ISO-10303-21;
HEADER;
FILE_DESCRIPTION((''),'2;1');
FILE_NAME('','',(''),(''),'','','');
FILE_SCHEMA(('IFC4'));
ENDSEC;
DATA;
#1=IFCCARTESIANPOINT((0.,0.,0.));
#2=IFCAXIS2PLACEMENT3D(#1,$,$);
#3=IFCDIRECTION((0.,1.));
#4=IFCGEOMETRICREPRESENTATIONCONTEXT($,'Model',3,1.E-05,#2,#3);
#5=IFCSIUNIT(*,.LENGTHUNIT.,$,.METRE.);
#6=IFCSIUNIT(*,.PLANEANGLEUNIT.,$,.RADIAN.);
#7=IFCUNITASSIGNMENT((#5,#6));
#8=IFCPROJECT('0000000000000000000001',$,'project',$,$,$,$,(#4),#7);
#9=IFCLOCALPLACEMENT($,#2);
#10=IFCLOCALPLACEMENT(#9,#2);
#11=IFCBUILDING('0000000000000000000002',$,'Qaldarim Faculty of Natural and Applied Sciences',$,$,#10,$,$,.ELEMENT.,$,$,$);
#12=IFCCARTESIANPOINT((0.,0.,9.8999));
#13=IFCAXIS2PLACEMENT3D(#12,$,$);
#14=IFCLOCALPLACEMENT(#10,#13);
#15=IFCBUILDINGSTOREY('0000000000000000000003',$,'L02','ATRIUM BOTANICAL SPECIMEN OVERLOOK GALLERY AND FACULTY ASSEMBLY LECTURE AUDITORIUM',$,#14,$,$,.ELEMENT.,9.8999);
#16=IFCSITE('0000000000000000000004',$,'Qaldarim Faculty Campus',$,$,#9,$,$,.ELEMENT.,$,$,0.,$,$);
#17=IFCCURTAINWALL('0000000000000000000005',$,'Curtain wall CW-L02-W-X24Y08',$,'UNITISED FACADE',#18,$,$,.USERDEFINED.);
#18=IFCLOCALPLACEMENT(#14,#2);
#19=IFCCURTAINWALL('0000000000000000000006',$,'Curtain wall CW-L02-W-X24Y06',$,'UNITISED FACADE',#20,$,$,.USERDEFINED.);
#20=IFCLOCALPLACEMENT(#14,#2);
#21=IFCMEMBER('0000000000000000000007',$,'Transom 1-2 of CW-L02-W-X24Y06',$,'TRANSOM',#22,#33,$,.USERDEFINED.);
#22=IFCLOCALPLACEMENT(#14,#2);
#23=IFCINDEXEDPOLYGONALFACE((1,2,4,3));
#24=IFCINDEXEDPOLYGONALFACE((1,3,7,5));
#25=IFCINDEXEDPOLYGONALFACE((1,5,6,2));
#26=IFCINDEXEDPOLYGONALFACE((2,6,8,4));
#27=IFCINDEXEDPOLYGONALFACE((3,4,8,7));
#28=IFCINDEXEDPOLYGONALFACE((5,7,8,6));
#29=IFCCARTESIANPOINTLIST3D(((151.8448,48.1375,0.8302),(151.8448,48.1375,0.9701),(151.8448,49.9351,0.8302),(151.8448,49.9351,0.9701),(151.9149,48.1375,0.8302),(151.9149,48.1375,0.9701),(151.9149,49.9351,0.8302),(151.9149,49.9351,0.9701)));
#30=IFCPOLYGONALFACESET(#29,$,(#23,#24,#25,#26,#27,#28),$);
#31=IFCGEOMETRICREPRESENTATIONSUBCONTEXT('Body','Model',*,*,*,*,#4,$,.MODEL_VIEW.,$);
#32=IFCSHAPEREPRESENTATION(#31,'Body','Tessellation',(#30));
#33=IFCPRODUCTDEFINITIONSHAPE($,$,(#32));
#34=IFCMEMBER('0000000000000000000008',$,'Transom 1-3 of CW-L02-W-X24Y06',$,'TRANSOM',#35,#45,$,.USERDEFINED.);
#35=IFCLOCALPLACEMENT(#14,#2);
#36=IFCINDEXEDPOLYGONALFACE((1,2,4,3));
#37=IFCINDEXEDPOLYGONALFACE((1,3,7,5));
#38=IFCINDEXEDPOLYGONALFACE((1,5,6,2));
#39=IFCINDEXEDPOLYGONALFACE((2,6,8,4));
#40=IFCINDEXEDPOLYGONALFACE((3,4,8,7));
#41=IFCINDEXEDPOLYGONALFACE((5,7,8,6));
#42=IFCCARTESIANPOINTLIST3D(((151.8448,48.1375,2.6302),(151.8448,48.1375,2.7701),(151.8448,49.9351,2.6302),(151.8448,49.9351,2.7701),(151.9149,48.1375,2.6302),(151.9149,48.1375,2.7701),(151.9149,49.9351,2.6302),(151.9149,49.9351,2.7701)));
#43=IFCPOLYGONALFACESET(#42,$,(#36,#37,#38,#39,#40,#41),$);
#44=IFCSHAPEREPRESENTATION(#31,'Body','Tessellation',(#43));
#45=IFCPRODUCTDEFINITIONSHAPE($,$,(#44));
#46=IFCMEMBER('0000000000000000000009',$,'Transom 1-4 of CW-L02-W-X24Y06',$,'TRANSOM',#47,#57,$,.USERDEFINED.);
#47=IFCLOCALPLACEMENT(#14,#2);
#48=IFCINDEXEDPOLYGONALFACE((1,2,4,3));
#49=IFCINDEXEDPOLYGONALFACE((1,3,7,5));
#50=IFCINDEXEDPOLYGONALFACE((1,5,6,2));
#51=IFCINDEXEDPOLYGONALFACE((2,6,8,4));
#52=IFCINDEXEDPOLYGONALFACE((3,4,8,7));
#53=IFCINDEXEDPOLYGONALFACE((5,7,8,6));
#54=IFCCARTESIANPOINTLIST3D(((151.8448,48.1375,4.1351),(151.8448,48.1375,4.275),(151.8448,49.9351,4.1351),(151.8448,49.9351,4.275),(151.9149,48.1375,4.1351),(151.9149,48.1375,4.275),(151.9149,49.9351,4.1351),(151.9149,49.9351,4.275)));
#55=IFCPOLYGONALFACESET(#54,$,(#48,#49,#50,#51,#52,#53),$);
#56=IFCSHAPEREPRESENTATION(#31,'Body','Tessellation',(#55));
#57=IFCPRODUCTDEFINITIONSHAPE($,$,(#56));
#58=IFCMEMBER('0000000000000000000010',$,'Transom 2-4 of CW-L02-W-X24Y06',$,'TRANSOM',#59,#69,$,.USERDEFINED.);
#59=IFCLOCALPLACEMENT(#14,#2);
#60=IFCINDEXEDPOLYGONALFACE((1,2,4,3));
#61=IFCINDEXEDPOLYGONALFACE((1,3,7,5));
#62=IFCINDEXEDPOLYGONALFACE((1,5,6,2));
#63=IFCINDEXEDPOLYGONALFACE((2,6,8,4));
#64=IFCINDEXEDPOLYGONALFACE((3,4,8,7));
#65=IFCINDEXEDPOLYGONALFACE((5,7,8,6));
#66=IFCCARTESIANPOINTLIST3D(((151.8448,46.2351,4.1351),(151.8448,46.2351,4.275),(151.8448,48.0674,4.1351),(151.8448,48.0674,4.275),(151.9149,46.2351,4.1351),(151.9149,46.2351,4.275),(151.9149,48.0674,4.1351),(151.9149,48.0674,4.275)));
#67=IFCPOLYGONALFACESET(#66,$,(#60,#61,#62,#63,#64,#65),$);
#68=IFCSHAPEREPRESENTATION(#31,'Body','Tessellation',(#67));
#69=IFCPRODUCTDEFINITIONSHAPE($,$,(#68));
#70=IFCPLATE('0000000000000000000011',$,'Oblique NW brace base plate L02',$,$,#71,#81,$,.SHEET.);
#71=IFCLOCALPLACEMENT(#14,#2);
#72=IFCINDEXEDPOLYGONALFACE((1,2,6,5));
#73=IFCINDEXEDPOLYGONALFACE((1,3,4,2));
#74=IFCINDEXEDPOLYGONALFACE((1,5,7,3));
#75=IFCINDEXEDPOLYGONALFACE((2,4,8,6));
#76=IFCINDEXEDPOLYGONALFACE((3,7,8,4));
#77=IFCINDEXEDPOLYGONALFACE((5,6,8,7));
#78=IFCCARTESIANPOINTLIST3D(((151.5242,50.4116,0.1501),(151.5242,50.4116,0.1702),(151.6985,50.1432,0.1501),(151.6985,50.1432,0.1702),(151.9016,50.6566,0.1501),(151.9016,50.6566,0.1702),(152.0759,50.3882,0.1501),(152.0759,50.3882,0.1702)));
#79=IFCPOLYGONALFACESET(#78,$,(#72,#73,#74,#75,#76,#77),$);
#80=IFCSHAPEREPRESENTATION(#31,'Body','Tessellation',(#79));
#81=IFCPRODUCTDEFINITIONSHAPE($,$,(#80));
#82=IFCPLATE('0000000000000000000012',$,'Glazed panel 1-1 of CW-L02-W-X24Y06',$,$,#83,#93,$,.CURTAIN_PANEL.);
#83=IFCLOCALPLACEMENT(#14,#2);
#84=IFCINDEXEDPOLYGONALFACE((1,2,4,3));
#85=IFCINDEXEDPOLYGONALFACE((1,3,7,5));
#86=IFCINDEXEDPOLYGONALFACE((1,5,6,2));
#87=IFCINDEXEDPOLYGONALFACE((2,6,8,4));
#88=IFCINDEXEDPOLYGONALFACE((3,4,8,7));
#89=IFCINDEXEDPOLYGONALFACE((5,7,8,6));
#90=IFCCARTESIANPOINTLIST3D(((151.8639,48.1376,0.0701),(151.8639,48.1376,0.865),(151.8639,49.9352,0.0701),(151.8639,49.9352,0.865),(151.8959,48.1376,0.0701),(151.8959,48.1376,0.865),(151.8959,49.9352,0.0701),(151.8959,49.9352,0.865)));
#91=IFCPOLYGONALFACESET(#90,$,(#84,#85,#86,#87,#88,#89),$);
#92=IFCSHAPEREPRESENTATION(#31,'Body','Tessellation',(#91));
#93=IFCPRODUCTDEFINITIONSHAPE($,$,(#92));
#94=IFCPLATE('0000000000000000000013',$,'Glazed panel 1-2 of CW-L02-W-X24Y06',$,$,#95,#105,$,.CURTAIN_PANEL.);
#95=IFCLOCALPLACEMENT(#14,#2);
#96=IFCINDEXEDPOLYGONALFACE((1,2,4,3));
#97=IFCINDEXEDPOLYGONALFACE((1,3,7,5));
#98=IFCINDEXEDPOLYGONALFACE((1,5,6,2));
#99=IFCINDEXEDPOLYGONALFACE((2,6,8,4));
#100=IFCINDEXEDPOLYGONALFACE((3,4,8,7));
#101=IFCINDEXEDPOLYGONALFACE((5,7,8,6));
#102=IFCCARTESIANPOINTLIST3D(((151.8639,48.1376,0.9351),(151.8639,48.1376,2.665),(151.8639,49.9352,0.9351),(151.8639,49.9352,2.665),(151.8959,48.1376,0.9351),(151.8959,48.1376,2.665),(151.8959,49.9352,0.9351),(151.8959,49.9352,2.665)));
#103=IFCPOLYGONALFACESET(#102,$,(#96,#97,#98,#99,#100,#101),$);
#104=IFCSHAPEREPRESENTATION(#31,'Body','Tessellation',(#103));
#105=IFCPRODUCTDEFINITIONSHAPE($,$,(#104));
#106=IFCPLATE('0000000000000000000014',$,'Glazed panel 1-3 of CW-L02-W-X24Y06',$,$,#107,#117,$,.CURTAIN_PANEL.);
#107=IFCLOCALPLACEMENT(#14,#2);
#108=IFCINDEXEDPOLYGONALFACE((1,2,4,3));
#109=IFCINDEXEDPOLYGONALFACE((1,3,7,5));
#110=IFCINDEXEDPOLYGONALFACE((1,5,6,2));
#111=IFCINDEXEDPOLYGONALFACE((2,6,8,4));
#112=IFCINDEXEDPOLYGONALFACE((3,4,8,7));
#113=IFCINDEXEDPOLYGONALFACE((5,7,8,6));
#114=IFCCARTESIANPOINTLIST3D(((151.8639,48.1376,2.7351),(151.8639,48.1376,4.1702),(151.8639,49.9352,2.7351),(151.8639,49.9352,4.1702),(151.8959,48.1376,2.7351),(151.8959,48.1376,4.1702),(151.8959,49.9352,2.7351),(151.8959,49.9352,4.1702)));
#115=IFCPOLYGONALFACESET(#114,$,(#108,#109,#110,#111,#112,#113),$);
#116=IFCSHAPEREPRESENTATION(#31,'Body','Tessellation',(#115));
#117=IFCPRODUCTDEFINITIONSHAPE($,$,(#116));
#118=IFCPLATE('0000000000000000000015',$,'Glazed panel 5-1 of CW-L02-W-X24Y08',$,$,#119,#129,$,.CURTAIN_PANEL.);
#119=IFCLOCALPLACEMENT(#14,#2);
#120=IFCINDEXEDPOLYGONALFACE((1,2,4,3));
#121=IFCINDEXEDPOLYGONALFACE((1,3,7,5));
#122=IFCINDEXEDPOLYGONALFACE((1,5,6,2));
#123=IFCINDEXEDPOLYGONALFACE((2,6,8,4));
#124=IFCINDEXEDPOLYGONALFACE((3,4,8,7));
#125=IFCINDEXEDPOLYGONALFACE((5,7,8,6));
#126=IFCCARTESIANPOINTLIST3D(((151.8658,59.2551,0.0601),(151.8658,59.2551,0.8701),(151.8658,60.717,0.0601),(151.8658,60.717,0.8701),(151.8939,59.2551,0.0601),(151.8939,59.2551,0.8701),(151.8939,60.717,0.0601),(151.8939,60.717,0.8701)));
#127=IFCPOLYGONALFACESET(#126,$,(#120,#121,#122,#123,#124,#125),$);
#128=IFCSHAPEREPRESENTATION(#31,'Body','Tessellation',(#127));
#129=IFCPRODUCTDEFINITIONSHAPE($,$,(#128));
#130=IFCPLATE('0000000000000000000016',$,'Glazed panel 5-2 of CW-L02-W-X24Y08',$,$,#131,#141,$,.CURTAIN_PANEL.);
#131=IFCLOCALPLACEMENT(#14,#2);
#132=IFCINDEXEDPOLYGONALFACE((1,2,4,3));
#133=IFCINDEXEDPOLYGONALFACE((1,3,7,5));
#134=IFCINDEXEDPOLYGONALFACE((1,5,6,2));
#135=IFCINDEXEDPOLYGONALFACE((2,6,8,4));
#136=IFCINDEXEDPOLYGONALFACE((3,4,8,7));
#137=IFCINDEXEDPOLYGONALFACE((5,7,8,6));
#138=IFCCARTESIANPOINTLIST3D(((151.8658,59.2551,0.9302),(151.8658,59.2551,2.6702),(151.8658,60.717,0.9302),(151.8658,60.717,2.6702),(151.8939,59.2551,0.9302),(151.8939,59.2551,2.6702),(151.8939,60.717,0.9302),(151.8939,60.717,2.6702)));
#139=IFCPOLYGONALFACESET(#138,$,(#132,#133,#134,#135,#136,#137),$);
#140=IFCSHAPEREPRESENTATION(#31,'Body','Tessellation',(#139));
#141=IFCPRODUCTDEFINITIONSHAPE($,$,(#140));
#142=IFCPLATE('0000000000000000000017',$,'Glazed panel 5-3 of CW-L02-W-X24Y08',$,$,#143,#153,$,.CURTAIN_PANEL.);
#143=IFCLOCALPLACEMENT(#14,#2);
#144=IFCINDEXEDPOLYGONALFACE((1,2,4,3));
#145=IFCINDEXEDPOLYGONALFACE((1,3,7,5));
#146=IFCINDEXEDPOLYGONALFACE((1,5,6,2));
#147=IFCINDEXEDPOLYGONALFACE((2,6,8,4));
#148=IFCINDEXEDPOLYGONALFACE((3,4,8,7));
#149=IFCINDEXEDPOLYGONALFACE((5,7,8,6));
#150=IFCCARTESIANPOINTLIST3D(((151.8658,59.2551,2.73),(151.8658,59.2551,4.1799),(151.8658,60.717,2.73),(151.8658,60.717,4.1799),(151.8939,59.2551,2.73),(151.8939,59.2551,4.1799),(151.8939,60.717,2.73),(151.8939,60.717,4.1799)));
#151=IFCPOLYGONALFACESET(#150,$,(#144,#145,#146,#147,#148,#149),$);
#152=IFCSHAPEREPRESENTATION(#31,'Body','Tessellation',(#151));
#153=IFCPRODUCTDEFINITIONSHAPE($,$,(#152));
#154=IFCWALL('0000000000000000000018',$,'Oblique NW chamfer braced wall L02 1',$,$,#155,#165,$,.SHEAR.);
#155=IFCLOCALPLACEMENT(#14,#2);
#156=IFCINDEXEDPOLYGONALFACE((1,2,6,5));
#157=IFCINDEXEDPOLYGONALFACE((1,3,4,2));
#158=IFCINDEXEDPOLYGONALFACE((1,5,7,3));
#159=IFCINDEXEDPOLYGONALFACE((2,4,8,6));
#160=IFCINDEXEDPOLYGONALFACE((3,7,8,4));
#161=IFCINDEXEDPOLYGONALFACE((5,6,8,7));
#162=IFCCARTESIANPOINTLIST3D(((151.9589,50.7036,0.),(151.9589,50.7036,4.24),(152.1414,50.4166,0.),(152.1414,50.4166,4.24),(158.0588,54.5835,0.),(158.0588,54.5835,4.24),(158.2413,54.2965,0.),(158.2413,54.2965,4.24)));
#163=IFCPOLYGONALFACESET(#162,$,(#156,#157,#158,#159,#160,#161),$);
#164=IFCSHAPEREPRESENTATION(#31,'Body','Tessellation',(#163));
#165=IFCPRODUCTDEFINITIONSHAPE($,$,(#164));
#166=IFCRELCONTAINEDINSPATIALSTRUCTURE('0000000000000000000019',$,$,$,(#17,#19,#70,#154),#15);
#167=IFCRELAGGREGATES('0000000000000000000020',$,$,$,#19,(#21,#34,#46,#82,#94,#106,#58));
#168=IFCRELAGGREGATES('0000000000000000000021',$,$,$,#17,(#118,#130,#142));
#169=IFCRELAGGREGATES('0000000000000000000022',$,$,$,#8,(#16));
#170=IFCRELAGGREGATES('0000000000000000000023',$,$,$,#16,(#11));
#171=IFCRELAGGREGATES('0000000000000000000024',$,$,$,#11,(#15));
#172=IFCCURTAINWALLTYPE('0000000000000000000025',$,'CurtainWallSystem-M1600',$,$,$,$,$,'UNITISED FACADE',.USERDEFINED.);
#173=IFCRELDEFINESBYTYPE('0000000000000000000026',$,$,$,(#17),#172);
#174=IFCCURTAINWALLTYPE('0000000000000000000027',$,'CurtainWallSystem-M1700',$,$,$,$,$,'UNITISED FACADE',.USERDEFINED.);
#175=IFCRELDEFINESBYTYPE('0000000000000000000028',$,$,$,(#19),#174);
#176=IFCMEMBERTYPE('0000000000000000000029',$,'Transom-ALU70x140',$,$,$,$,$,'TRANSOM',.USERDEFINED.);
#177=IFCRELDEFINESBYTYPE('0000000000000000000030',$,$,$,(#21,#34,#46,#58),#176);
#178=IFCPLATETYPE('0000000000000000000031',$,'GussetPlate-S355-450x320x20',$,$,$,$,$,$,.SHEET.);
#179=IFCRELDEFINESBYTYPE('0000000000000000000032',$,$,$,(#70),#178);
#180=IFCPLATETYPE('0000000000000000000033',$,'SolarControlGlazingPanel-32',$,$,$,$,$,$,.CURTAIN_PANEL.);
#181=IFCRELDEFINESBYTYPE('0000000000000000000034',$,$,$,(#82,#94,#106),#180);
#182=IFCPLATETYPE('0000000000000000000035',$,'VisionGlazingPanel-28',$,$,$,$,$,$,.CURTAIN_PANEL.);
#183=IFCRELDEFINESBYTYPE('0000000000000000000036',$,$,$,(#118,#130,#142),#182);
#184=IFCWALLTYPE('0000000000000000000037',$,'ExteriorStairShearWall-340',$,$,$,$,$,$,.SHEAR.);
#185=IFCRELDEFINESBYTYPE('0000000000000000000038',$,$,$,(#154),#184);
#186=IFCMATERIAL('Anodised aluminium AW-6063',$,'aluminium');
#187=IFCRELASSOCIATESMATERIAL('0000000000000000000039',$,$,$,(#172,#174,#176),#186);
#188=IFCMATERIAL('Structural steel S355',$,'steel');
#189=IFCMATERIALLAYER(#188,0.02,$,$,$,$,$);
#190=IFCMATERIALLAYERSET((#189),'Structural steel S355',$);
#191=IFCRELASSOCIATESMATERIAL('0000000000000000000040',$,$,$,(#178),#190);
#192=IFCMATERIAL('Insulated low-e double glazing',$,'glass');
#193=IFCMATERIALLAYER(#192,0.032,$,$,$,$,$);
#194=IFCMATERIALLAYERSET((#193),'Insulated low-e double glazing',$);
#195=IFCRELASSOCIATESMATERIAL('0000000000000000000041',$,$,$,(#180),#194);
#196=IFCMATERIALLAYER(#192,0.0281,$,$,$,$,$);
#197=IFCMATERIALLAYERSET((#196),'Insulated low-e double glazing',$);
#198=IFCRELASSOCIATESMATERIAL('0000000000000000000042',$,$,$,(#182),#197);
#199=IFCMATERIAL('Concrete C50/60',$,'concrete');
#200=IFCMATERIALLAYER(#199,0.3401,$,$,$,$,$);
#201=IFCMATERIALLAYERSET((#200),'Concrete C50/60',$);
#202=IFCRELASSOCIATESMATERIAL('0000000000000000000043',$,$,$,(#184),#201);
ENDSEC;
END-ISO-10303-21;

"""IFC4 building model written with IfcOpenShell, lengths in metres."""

from ifc_helpers import new_model, si_unit, direction, frame, frame_2d, origin, origin_2d, place, context, subcontext, project, spatial, rectangle, extrude, material, layer, layer_set, material_profile, profile_set, type_object, element, aggregate, save


model = new_model("IFC4")

# Units and contexts
model_context = context("Model", 3, precision=1e-05, world=origin(), true_north=direction((0.0, 1.0)))
body_context = subcontext(model_context, "Body", "Model", "MODEL_VIEW")
ifc_project = project(units=[si_unit("LENGTHUNIT", "METRE"), si_unit("PLANEANGLEUNIT", "RADIAN")], contexts=[model_context])

# Site, building, storey
site_placement = place(None, origin())
site = spatial("IfcSite", under=ifc_project, at=site_placement, Name="Qaldarim Faculty Campus", CompositionType="ELEMENT", RefElevation=0.0)
building_placement = place(site_placement, origin())
building = spatial("IfcBuilding", under=site, at=building_placement, Name="Qaldarim Faculty of Natural and Applied Sciences", CompositionType="ELEMENT")
storey_placement = place(building_placement, frame((0.0, 0.0, 9.8999)))
storey = spatial("IfcBuildingStorey", under=building, at=storey_placement, Name="L02", Description="ATRIUM BOTANICAL SPECIMEN OVERLOOK GALLERY AND FACULTY ASSEMBLY LECTURE AUDITORIUM", CompositionType="ELEMENT", Elevation=9.8999)

# Shared definitions
ifc_material_1 = material(Name="Concrete C50/60", Category="concrete")

# Shared definitions
ifc_material_2 = material(Name="Structural steel S355", Category="steel")

# Curtain wall
ifc_material_3 = material(Name="Anodised aluminium AW-6063", Category="aluminium")
curtain_wall_type_1 = type_object("IfcCurtainWallType", Name="CurtainWallSystem-M1600", ElementType="UNITISED FACADE", PredefinedType="USERDEFINED", material=ifc_material_3)
curtain_wall_1_placement = place(storey_placement, origin())
curtain_wall_1 = element("IfcCurtainWall", 1, at=curtain_wall_1_placement, inside=storey, type_object=curtain_wall_type_1, Name="Curtain wall CW-L02-W-X24Y08", ObjectType="UNITISED FACADE", PredefinedType="USERDEFINED")

# Curtain wall
curtain_wall_type_2 = type_object("IfcCurtainWallType", Name="CurtainWallSystem-M1700", ElementType="UNITISED FACADE", PredefinedType="USERDEFINED", material=ifc_material_3)
curtain_wall_2_placement = place(storey_placement, origin())
curtain_wall_2 = element("IfcCurtainWall", 2, at=curtain_wall_2_placement, inside=storey, type_object=curtain_wall_type_2, Name="Curtain wall CW-L02-W-X24Y06", ObjectType="UNITISED FACADE", PredefinedType="USERDEFINED")

# Members
ifc_material_profile_1 = material_profile(ifc_material_3, rectangle(XDim=0.0701, YDim=0.1399, at=origin_2d()), Name="ALU-T70x140")
ifc_profile_set_1 = profile_set([ifc_material_profile_1], Name="Anodised aluminium AW-6063")
member_type_1 = type_object("IfcMemberType", Name="Transom-ALU70x140", ElementType="TRANSOM", PredefinedType="USERDEFINED", material=ifc_profile_set_1)
member_1_placement = place(storey_placement, frame((151.8799, 49.9351, 0.9001), z_axis=(0.0, -1.0, 0.0), x_axis=(1.0, 0.0, 0.0)))
member_1 = element("IfcMember", 3, at=member_1_placement, type_object=member_type_1, Name="Transom 1-2 of CW-L02-W-X24Y06", ObjectType="TRANSOM", PredefinedType="USERDEFINED", context=body_context, shape_type="SweptSolid", body=[
    extrude(rectangle(XDim=0.0701, YDim=0.1399, at=origin_2d()), origin(), (0.0, 0.0, 1.0), 1.7976),
])
member_2_placement = place(storey_placement, frame((151.8799, 49.9351, 2.7002), z_axis=(0.0, -1.0, 0.0), x_axis=(1.0, 0.0, 0.0)))
member_2 = element("IfcMember", 4, at=member_2_placement, type_object=member_type_1, Name="Transom 1-3 of CW-L02-W-X24Y06", ObjectType="TRANSOM", PredefinedType="USERDEFINED", context=body_context, shape_type="SweptSolid", body=[
    extrude(rectangle(XDim=0.0701, YDim=0.1399, at=origin_2d()), origin(), (0.0, 0.0, 1.0), 1.7976),
])
member_3_placement = place(storey_placement, frame((151.8799, 49.9351, 4.2051), z_axis=(0.0, -1.0, 0.0), x_axis=(1.0, 0.0, 0.0)))
member_3 = element("IfcMember", 5, at=member_3_placement, type_object=member_type_1, Name="Transom 1-4 of CW-L02-W-X24Y06", ObjectType="TRANSOM", PredefinedType="USERDEFINED", context=body_context, shape_type="SweptSolid", body=[
    extrude(rectangle(XDim=0.0701, YDim=0.1399, at=origin_2d()), origin(), (0.0, 0.0, 1.0), 1.7976),
])
member_4_placement = place(storey_placement, frame((151.8799, 48.0674, 4.2051), z_axis=(0.0, -1.0, 0.0), x_axis=(1.0, 0.0, 0.0)))
member_4 = element("IfcMember", 6, at=member_4_placement, type_object=member_type_1, Name="Transom 2-4 of CW-L02-W-X24Y06", ObjectType="TRANSOM", PredefinedType="USERDEFINED", context=body_context, shape_type="SweptSolid", body=[
    extrude(rectangle(XDim=0.0701, YDim=0.1399, at=origin_2d()), origin(), (0.0, 0.0, 1.0), 1.8323),
])

# Plates
ifc_layer_1 = layer(ifc_material_2, 0.02)
ifc_layer_set_1 = layer_set([ifc_layer_1], Name="Structural steel S355")
plate_type_1 = type_object("IfcPlateType", Name="GussetPlate-S355-450x320x20", PredefinedType="SHEET", material=ifc_layer_set_1)
plate_1_placement = place(storey_placement, frame((151.8, 50.3999, 0.1501), z_axis=(0.0, 0.0, 1.0), x_axis=(0.838671, 0.544639, 0.0)))
element("IfcPlate", 7, at=plate_1_placement, inside=storey, type_object=plate_type_1, Name="Oblique NW brace base plate L02", PredefinedType="SHEET", context=body_context, shape_type="SweptSolid", body=[
    extrude(rectangle(XDim=0.45, YDim=0.3201, at=origin_2d()), origin(), (0.0, 0.0, 1.0), 0.02),
])
ifc_material_4 = material(Name="Insulated low-e double glazing", Category="glass")
ifc_layer_2 = layer(ifc_material_4, 0.032)
ifc_layer_set_2 = layer_set([ifc_layer_2], Name="Insulated low-e double glazing")
plate_type_2 = type_object("IfcPlateType", Name="SolarControlGlazingPanel-32", PredefinedType="CURTAIN_PANEL", material=ifc_layer_set_2)
plate_2_placement = place(storey_placement, frame((151.8799, 49.0364, 0.0701), z_axis=(0.0, 0.0, 1.0), x_axis=(0.0, -1.0, 0.0)))
plate_2 = element("IfcPlate", 8, at=plate_2_placement, type_object=plate_type_2, Name="Glazed panel 1-1 of CW-L02-W-X24Y06", PredefinedType="CURTAIN_PANEL", context=body_context, shape_type="SweptSolid", body=[
    extrude(rectangle(XDim=1.7976, YDim=0.032, at=origin_2d()), origin(), (0.0, 0.0, 1.0), 0.7949),
])
plate_3_placement = place(storey_placement, frame((151.8799, 49.0364, 0.9351), z_axis=(0.0, 0.0, 1.0), x_axis=(0.0, -1.0, 0.0)))
plate_3 = element("IfcPlate", 9, at=plate_3_placement, type_object=plate_type_2, Name="Glazed panel 1-2 of CW-L02-W-X24Y06", PredefinedType="CURTAIN_PANEL", context=body_context, shape_type="SweptSolid", body=[
    extrude(rectangle(XDim=1.7976, YDim=0.032, at=origin_2d()), origin(), (0.0, 0.0, 1.0), 1.73),
])
plate_4_placement = place(storey_placement, frame((151.8799, 49.0364, 2.7351), z_axis=(0.0, 0.0, 1.0), x_axis=(0.0, -1.0, 0.0)))
plate_4 = element("IfcPlate", 10, at=plate_4_placement, type_object=plate_type_2, Name="Glazed panel 1-3 of CW-L02-W-X24Y06", PredefinedType="CURTAIN_PANEL", context=body_context, shape_type="SweptSolid", body=[
    extrude(rectangle(XDim=1.7976, YDim=0.032, at=origin_2d()), origin(), (0.0, 0.0, 1.0), 1.4351),
])
aggregate(curtain_wall_2, [member_1, member_2, member_3, plate_2, plate_3, plate_4, member_4])
ifc_layer_3 = layer(ifc_material_4, 0.0281)
ifc_layer_set_3 = layer_set([ifc_layer_3], Name="Insulated low-e double glazing")
plate_type_3 = type_object("IfcPlateType", Name="VisionGlazingPanel-28", PredefinedType="CURTAIN_PANEL", material=ifc_layer_set_3)
plate_5_placement = place(storey_placement, frame((151.8799, 59.9861, 0.0601), z_axis=(0.0, 0.0, 1.0), x_axis=(0.0, -1.0, 0.0)))
plate_5 = element("IfcPlate", 11, at=plate_5_placement, type_object=plate_type_3, Name="Glazed panel 5-1 of CW-L02-W-X24Y08", PredefinedType="CURTAIN_PANEL", context=body_context, shape_type="SweptSolid", body=[
    extrude(rectangle(XDim=1.4619, YDim=0.0281, at=origin_2d()), origin(), (0.0, 0.0, 1.0), 0.8101),
])
plate_6_placement = place(storey_placement, frame((151.8799, 59.9861, 0.9302), z_axis=(0.0, 0.0, 1.0), x_axis=(0.0, -1.0, 0.0)))
plate_6 = element("IfcPlate", 12, at=plate_6_placement, type_object=plate_type_3, Name="Glazed panel 5-2 of CW-L02-W-X24Y08", PredefinedType="CURTAIN_PANEL", context=body_context, shape_type="SweptSolid", body=[
    extrude(rectangle(XDim=1.4619, YDim=0.0281, at=origin_2d()), origin(), (0.0, 0.0, 1.0), 1.74),
])
plate_7_placement = place(storey_placement, frame((151.8799, 59.9861, 2.73), z_axis=(0.0, 0.0, 1.0), x_axis=(0.0, -1.0, 0.0)))
plate_7 = element("IfcPlate", 13, at=plate_7_placement, type_object=plate_type_3, Name="Glazed panel 5-3 of CW-L02-W-X24Y08", PredefinedType="CURTAIN_PANEL", context=body_context, shape_type="SweptSolid", body=[
    extrude(rectangle(XDim=1.4619, YDim=0.0281, at=origin_2d()), origin(), (0.0, 0.0, 1.0), 1.45),
])
aggregate(curtain_wall_1, [plate_5, plate_6, plate_7])

# Wall
ifc_layer_4 = layer(ifc_material_1, 0.3401)
ifc_layer_set_4 = layer_set([ifc_layer_4], Name="Concrete C50/60")
wall_type = type_object("IfcWallType", Name="ExteriorStairShearWall-340", PredefinedType="SHEAR", material=ifc_layer_set_4)
wall_placement = place(storey_placement, frame((152.05, 50.5601, 0.0), z_axis=(0.0, 0.0, 1.0), x_axis=(0.843777, 0.536694, 0.0)))
element("IfcWall", 14, at=wall_placement, inside=storey, type_object=wall_type, Name="Oblique NW chamfer braced wall L02 1", PredefinedType="SHEAR", context=body_context, shape_type="SweptSolid", body=[
    extrude(rectangle(XDim=7.2292, YDim=0.3401, at=frame_2d((3.6147, 0.0))), origin(), (0.0, 0.0, 1.0), 4.24),
])

save(model, "model.ifc")
